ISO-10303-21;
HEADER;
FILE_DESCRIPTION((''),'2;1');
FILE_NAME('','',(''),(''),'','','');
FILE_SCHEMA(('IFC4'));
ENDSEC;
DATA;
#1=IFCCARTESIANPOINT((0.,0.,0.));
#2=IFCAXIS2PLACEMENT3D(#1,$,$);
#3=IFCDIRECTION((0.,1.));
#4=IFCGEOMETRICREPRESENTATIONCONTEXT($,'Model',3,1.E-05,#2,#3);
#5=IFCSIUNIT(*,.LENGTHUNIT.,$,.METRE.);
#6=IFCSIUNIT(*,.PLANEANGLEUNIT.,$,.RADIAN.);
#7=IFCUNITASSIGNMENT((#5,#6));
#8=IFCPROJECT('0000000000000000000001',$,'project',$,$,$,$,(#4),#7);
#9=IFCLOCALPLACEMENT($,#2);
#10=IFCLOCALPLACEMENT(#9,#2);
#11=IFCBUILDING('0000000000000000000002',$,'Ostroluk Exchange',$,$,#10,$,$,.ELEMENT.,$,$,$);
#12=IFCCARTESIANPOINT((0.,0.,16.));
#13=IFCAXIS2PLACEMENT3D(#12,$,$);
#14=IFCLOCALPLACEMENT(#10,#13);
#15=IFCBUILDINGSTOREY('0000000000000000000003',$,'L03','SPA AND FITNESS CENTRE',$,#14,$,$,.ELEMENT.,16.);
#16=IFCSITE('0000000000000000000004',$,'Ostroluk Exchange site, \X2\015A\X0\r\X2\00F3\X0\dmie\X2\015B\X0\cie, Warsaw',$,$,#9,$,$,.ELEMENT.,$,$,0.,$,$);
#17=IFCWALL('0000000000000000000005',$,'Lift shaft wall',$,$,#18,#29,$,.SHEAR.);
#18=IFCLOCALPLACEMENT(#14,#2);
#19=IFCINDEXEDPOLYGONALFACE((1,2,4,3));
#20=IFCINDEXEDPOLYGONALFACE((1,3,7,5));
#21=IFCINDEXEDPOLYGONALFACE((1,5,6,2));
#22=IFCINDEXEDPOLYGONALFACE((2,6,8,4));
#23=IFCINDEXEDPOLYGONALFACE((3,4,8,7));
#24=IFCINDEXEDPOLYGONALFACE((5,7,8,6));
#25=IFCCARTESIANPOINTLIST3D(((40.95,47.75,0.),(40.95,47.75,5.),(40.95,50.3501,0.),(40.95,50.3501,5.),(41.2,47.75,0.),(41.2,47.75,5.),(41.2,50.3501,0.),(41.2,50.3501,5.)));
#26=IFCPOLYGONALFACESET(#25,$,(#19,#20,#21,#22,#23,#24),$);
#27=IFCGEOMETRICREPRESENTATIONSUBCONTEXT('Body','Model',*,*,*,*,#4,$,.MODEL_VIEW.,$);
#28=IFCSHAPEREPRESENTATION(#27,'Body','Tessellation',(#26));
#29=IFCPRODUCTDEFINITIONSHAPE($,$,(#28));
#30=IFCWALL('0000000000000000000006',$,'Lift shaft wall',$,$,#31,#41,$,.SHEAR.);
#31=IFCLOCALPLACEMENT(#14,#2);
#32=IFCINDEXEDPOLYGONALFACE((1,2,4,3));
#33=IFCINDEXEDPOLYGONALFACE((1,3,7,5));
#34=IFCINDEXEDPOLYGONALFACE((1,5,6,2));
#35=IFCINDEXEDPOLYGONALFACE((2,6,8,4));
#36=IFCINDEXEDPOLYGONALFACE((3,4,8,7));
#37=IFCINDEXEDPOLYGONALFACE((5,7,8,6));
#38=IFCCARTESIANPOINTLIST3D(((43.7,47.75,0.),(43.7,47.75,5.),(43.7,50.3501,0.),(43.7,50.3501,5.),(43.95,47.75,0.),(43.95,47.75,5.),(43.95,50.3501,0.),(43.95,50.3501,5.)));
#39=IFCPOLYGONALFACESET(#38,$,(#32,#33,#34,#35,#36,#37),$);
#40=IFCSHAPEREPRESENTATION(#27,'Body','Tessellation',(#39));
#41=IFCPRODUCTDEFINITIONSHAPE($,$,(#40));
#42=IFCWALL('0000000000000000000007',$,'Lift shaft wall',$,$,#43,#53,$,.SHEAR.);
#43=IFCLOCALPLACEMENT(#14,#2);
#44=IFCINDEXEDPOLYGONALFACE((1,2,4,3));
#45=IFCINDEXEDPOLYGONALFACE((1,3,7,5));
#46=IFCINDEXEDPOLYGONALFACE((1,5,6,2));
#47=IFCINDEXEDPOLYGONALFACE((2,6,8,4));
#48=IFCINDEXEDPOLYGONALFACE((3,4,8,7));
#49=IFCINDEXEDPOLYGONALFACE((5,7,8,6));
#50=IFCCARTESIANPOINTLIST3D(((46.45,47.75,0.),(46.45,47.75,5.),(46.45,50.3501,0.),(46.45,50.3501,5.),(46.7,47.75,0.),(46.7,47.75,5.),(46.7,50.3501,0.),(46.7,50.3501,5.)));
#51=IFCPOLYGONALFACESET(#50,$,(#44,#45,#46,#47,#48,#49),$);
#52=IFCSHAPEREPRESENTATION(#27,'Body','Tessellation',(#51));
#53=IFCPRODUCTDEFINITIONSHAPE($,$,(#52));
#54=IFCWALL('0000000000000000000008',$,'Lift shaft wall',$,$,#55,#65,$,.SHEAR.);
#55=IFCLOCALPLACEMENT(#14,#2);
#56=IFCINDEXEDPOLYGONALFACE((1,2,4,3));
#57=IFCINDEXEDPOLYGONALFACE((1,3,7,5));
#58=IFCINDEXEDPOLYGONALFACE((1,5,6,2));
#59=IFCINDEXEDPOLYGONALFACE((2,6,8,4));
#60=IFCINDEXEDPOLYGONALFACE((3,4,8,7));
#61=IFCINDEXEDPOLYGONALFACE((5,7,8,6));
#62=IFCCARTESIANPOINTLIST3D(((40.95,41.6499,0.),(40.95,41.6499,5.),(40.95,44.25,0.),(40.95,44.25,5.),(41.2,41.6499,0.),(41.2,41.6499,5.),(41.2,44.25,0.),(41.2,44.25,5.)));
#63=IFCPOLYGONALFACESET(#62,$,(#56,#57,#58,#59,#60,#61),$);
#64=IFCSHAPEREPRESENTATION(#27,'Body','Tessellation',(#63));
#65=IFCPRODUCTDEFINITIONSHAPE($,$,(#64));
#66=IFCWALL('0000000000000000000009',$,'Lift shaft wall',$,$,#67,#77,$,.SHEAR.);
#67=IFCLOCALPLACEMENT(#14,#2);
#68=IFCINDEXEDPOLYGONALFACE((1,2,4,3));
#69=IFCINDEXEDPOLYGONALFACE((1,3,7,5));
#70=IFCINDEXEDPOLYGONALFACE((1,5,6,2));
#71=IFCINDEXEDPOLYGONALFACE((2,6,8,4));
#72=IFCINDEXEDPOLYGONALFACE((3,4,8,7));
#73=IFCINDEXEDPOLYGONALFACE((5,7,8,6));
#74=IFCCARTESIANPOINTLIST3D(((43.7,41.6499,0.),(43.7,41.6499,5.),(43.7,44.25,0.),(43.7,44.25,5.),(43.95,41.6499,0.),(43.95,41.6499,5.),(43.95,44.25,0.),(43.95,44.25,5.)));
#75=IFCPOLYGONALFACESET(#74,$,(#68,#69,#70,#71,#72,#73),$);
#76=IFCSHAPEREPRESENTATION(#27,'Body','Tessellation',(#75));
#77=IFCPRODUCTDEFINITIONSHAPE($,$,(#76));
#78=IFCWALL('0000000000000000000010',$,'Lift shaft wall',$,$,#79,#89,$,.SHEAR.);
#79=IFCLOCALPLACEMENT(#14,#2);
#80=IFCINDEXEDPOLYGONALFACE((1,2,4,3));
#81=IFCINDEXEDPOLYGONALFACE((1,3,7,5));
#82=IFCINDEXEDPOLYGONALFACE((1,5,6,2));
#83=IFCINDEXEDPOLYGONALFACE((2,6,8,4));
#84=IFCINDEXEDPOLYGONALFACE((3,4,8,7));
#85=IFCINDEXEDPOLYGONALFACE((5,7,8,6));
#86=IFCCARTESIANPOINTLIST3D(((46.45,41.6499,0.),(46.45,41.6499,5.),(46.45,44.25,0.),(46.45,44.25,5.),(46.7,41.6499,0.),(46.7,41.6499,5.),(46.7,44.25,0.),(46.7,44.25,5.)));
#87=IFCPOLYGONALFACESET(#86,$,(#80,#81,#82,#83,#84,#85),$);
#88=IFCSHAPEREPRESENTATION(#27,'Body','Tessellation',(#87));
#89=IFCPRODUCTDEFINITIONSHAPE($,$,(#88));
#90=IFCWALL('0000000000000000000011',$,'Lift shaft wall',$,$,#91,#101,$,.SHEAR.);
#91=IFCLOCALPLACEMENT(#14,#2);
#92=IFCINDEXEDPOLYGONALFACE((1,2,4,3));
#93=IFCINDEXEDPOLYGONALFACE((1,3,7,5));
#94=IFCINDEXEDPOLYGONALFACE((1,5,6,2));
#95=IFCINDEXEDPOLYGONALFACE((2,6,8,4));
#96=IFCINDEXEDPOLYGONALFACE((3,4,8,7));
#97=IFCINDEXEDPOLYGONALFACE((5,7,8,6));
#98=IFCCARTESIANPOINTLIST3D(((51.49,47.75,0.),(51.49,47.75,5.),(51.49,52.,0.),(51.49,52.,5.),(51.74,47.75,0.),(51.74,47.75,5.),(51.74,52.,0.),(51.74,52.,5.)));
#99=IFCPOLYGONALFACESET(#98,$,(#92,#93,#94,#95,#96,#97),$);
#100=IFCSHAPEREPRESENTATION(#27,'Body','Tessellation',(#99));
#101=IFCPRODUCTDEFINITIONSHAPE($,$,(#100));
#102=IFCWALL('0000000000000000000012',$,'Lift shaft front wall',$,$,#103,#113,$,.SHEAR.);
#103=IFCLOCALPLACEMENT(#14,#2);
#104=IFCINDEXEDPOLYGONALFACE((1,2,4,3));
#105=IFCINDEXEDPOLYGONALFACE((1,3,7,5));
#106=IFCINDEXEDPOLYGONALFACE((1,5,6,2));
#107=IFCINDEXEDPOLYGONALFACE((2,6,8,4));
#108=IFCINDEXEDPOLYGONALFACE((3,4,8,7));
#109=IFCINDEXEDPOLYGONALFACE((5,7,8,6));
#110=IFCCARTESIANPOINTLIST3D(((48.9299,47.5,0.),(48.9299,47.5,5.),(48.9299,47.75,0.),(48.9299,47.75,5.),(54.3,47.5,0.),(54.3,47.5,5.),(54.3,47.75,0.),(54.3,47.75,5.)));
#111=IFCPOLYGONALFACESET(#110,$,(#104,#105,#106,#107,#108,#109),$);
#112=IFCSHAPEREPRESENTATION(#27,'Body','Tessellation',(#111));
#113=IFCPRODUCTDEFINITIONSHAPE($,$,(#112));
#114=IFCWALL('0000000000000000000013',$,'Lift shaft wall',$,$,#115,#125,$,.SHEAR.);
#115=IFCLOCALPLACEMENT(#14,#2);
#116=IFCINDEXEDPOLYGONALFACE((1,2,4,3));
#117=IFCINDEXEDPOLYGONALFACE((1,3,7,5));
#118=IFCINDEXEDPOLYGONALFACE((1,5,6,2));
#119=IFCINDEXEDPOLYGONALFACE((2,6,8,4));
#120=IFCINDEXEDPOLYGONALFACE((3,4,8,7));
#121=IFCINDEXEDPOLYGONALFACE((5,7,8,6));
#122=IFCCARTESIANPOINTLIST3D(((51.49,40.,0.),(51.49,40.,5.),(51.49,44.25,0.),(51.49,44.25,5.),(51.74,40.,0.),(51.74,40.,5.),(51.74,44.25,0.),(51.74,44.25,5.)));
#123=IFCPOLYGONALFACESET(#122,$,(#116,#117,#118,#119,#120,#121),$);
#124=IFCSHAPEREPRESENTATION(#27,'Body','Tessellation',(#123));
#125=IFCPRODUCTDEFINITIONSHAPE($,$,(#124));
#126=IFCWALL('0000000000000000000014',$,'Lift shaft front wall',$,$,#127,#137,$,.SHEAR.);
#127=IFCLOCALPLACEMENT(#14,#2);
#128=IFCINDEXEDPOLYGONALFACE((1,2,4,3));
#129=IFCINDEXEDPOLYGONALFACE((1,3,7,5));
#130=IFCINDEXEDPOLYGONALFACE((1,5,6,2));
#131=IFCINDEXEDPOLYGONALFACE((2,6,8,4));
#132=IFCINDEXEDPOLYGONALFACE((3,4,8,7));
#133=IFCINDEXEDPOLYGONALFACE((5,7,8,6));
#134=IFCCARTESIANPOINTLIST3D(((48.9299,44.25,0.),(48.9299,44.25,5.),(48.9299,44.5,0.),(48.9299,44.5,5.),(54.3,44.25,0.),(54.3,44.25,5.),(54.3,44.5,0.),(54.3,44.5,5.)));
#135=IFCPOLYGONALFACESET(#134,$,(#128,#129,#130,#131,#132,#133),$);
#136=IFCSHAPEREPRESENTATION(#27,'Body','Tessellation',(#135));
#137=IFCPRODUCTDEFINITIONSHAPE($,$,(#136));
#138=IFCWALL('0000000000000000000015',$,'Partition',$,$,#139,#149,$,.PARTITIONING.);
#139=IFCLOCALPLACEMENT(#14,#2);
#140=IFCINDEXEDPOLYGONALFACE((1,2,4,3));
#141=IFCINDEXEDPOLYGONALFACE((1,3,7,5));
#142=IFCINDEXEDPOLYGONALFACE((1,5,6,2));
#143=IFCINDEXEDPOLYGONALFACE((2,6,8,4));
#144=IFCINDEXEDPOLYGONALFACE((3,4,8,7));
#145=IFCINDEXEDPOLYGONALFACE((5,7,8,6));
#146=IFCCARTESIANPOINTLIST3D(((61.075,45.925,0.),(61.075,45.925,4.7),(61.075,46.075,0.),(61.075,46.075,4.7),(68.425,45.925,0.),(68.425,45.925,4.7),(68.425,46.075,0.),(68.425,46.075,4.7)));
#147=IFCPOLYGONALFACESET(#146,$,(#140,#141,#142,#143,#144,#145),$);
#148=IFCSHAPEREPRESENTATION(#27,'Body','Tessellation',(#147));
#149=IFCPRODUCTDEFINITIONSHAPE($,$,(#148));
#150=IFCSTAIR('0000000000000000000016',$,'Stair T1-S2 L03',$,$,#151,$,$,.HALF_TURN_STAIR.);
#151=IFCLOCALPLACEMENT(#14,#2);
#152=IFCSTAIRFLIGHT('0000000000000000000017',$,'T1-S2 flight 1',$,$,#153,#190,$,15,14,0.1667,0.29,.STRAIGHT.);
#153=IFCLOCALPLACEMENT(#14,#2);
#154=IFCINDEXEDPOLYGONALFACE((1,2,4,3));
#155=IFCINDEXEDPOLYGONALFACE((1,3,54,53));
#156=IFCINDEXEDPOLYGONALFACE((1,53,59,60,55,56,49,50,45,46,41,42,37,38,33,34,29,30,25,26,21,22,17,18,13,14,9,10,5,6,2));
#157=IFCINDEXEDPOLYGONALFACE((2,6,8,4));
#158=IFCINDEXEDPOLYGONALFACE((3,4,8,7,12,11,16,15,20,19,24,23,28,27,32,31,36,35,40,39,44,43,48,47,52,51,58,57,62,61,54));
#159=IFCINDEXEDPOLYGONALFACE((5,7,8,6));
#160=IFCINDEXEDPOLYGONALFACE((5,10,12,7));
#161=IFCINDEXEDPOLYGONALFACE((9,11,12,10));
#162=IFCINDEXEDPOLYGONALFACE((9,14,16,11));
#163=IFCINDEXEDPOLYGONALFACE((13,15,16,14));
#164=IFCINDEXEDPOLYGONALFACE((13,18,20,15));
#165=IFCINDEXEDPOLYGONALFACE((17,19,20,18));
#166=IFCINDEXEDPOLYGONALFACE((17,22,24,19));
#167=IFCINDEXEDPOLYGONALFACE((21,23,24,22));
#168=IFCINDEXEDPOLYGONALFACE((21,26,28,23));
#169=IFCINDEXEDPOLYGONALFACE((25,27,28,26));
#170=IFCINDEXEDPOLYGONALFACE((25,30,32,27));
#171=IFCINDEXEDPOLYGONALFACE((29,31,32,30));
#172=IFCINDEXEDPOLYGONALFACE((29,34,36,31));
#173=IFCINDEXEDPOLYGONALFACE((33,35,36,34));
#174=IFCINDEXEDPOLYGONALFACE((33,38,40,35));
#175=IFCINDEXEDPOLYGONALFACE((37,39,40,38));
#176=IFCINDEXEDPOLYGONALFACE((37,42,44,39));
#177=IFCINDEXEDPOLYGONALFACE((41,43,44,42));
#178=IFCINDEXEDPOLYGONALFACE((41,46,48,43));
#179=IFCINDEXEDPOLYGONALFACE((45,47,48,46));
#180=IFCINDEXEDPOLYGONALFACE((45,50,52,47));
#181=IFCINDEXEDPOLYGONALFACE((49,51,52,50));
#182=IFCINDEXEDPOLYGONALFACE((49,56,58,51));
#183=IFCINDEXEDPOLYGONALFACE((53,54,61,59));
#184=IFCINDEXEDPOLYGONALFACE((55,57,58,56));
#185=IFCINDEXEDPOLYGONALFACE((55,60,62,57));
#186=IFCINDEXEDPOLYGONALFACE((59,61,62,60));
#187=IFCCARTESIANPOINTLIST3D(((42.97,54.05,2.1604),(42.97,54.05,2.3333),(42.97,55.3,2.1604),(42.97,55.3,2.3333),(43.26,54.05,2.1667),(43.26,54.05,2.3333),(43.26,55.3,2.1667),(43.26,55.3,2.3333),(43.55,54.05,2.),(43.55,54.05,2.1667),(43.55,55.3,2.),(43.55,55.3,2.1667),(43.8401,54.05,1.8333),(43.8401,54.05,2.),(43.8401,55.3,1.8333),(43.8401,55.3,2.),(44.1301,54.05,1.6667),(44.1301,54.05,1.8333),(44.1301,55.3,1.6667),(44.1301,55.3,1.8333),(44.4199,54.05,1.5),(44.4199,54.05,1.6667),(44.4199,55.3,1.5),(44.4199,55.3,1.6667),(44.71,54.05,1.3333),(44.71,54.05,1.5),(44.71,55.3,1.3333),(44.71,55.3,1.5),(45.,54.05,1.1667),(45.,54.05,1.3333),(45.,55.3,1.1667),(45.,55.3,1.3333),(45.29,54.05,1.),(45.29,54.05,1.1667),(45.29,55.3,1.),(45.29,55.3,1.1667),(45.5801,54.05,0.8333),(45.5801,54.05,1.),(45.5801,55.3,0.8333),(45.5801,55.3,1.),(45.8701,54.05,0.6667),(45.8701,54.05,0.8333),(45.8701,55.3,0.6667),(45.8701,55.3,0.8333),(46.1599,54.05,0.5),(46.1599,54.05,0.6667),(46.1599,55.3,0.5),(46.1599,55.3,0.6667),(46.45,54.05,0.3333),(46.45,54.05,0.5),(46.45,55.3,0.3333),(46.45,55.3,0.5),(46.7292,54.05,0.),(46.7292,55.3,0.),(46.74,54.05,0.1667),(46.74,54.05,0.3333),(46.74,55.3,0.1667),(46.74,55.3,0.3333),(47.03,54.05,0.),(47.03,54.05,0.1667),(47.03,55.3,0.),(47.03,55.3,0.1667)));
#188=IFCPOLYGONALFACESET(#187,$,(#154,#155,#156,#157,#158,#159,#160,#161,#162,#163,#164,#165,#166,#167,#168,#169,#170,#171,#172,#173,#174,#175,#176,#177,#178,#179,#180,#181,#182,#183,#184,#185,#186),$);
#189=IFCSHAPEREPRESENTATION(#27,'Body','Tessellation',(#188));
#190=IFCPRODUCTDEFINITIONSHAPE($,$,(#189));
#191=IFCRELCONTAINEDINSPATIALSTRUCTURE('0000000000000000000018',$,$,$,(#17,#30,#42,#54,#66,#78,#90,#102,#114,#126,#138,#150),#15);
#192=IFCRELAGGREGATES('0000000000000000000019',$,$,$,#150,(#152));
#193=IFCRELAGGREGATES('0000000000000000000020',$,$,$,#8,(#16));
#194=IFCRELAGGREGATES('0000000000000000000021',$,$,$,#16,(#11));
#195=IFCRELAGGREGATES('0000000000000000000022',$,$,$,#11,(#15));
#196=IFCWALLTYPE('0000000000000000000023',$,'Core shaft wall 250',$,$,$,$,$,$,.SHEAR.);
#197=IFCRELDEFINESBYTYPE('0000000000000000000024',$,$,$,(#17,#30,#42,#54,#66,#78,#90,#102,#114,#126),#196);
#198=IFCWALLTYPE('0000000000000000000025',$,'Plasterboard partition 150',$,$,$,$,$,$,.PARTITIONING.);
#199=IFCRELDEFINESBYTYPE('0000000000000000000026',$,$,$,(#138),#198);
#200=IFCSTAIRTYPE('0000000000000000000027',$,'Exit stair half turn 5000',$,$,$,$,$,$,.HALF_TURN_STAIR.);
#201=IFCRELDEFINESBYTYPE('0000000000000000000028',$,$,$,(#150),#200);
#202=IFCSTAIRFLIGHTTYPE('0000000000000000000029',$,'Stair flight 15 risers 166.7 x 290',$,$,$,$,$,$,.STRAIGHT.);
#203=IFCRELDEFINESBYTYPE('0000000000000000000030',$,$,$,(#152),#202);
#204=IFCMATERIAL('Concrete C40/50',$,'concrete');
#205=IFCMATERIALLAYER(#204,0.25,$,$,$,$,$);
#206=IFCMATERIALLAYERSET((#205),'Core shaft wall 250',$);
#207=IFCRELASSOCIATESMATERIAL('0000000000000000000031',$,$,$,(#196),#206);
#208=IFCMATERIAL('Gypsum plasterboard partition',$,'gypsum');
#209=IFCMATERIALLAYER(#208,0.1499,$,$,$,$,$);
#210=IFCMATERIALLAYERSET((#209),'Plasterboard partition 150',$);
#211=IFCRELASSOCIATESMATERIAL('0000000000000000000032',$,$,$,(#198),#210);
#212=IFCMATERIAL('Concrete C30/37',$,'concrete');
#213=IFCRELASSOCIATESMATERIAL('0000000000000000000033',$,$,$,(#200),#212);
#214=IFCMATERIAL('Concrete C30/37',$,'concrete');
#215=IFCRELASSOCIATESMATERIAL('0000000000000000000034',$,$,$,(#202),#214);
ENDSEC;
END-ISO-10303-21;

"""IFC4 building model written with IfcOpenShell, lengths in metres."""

from ifc_helpers import new_model, si_unit, direction, frame, frame_2d, origin, place, context, subcontext, project, spatial, polyline, rectangle, outline, extrude, material, layer, layer_set, type_object, element, aggregate, save


model = new_model("IFC4")

# Units and contexts
model_context = context("Model", 3, precision=1e-05, world=origin(), true_north=direction((0.0, 1.0)))
body_context = subcontext(model_context, "Body", "Model", "MODEL_VIEW")
ifc_project = project(units=[si_unit("LENGTHUNIT", "METRE"), si_unit("PLANEANGLEUNIT", "RADIAN")], contexts=[model_context])

# Site, building, storey
site_placement = place(None, origin())
site = spatial("IfcSite", under=ifc_project, at=site_placement, Name="Ostroluk Exchange site, Śródmieście, Warsaw", CompositionType="ELEMENT", RefElevation=0.0)
building_placement = place(site_placement, origin())
building = spatial("IfcBuilding", under=site, at=building_placement, Name="Ostroluk Exchange", CompositionType="ELEMENT")
storey_placement = place(building_placement, frame((0.0, 0.0, 16.0)))
storey = spatial("IfcBuildingStorey", under=building, at=storey_placement, Name="L03", Description="SPA AND FITNESS CENTRE", CompositionType="ELEMENT", Elevation=16.0)

# Shared definitions
ifc_material_1 = material(Name="Concrete C40/50", Category="concrete")
ifc_layer_1 = layer(ifc_material_1, 0.25)
ifc_layer_set_1 = layer_set([ifc_layer_1], Name="Core shaft wall 250")
wall_type_1 = type_object("IfcWallType", Name="Core shaft wall 250", PredefinedType="SHEAR", material=ifc_layer_set_1)

# Walls
for number, where, z_axis, x_axis, name in (
    (1, (41.075, 47.75, 0.0), (0.0, 0.0, 1.0), (0.0, 1.0, 0.0), "Lift shaft wall"),
    (2, (43.825, 47.75, 0.0), (0.0, 0.0, 1.0), (0.0, 1.0, 0.0), "Lift shaft wall"),
    (3, (46.575, 47.75, 0.0), (0.0, 0.0, 1.0), (0.0, 1.0, 0.0), "Lift shaft wall"),
    (4, (41.075, 44.25, 0.0), (0.0, 0.0, 1.0), (0.0, -1.0, 0.0), "Lift shaft wall"),
    (5, (43.825, 44.25, 0.0), (0.0, 0.0, 1.0), (0.0, -1.0, 0.0), "Lift shaft wall"),
    (6, (46.575, 44.25, 0.0), (0.0, 0.0, 1.0), (0.0, -1.0, 0.0), "Lift shaft wall"),
):
    element("IfcWall", number, at=place(storey_placement, frame(where, z_axis=z_axis, x_axis=x_axis)), inside=storey, type_object=wall_type_1, Name=name, PredefinedType="SHEAR", context=body_context, shape_type="SweptSolid", body=[
        extrude(rectangle(XDim=2.6001, YDim=0.25, at=frame_2d((1.3, 0.0))), origin(), (0.0, 0.0, 1.0), 5.0),
    ])
wall_1_placement = place(storey_placement, frame((51.615, 47.75, 0.0), z_axis=(0.0, 0.0, 1.0), x_axis=(0.0, 1.0, 0.0)))
element("IfcWall", 7, at=wall_1_placement, inside=storey, type_object=wall_type_1, Name="Lift shaft wall", PredefinedType="SHEAR", context=body_context, shape_type="SweptSolid", body=[
    extrude(rectangle(XDim=4.25, YDim=0.25, at=frame_2d((2.125, 0.0))), origin(), (0.0, 0.0, 1.0), 5.0),
])
wall_2_placement = place(storey_placement, frame((48.9299, 47.625, 0.0), z_axis=(0.0, 0.0, 1.0), x_axis=(1.0, 0.0, 0.0)))
element("IfcWall", 8, at=wall_2_placement, inside=storey, type_object=wall_type_1, Name="Lift shaft front wall", PredefinedType="SHEAR", context=body_context, shape_type="SweptSolid", body=[
    extrude(rectangle(XDim=5.3701, YDim=0.25, at=frame_2d((2.6851, 0.0))), origin(), (0.0, 0.0, 1.0), 5.0),
])
wall_3_placement = place(storey_placement, frame((51.615, 44.25, 0.0), z_axis=(0.0, 0.0, 1.0), x_axis=(0.0, -1.0, 0.0)))
element("IfcWall", 9, at=wall_3_placement, inside=storey, type_object=wall_type_1, Name="Lift shaft wall", PredefinedType="SHEAR", context=body_context, shape_type="SweptSolid", body=[
    extrude(rectangle(XDim=4.25, YDim=0.25, at=frame_2d((2.125, 0.0))), origin(), (0.0, 0.0, 1.0), 5.0),
])
wall_4_placement = place(storey_placement, frame((48.9299, 44.375, 0.0), z_axis=(0.0, 0.0, 1.0), x_axis=(1.0, 0.0, 0.0)))
element("IfcWall", 10, at=wall_4_placement, inside=storey, type_object=wall_type_1, Name="Lift shaft front wall", PredefinedType="SHEAR", context=body_context, shape_type="SweptSolid", body=[
    extrude(rectangle(XDim=5.3701, YDim=0.25, at=frame_2d((2.6851, 0.0))), origin(), (0.0, 0.0, 1.0), 5.0),
])
ifc_material_2 = material(Name="Gypsum plasterboard partition", Category="gypsum")
ifc_layer_2 = layer(ifc_material_2, 0.1499)
ifc_layer_set_2 = layer_set([ifc_layer_2], Name="Plasterboard partition 150")
wall_type_2 = type_object("IfcWallType", Name="Plasterboard partition 150", PredefinedType="PARTITIONING", material=ifc_layer_set_2)
wall_5_placement = place(storey_placement, frame((61.075, 46.0, 0.0), z_axis=(0.0, 0.0, 1.0), x_axis=(1.0, 0.0, 0.0)))
element("IfcWall", 11, at=wall_5_placement, inside=storey, type_object=wall_type_2, Name="Partition", PredefinedType="PARTITIONING", context=body_context, shape_type="SweptSolid", body=[
    extrude(rectangle(XDim=7.3501, YDim=0.1499, at=frame_2d((3.675, 0.0))), origin(), (0.0, 0.0, 1.0), 4.7),
])

# Stair, stair flight
ifc_material_3 = material(Name="Concrete C30/37", Category="concrete")
stair_type = type_object("IfcStairType", Name="Exit stair half turn 5000", PredefinedType="HALF_TURN_STAIR", material=ifc_material_3)
stair_placement = place(storey_placement, origin())
stair = element("IfcStair", 12, at=stair_placement, inside=storey, type_object=stair_type, Name="Stair T1-S2 L03", PredefinedType="HALF_TURN_STAIR")
ifc_material_4 = material(Name="Concrete C30/37", Category="concrete")
stair_flight_type = type_object("IfcStairFlightType", Name="Stair flight 15 risers 166.7 x 290", PredefinedType="STRAIGHT", material=ifc_material_4)
stair_flight_1_placement = place(storey_placement, frame((47.03, 54.675, 0.0), z_axis=(0.0, 0.0, 1.0), x_axis=(-1.0, 0.0, 0.0)))
stair_flight_1 = element("IfcStairFlight", 13, at=stair_flight_1_placement, type_object=stair_flight_type, Name="T1-S2 flight 1", NumberOfRisers=15, NumberOfTreads=14, PredefinedType="STRAIGHT", RiserHeight=0.1667, TreadLength=0.29, context=body_context, shape_type="SweptSolid", body=[
    extrude(outline(polyline([(0.0, 0.0), (0.0, 0.1667), (0.29, 0.1667), (0.29, 0.3333), (0.5801, 0.3333), (0.5801, 0.5), (0.8701, 0.5), (0.8701, 0.6667), (1.1599, 0.6667), (1.1599, 0.8333), (1.45, 0.8333), (1.45, 1.0), (1.74, 1.0), (1.74, 1.1667), (2.03, 1.1667), (2.03, 1.3333), (2.3201, 1.3333), (2.3201, 1.5), (2.6101, 1.5), (2.6101, 1.6667), (2.8999, 1.6667), (2.8999, 1.8333), (3.1899, 1.8333), (3.1899, 2.0), (3.48, 2.0), (3.48, 2.1667), (3.77, 2.1667), (3.77, 2.3333), (4.0601, 2.3333), (4.0601, 2.5), (4.0601, 2.1604), (0.3008, 0.0), (0.0, 0.0)])), frame((0.0, 0.625, 0.0), z_axis=(0.0, -1.0, 0.0), x_axis=(1.0, 0.0, 0.0)), (0.0, 0.0, 1.0), 1.25),
])
aggregate(stair, [stair_flight_1])

save(model, "model.ifc")
